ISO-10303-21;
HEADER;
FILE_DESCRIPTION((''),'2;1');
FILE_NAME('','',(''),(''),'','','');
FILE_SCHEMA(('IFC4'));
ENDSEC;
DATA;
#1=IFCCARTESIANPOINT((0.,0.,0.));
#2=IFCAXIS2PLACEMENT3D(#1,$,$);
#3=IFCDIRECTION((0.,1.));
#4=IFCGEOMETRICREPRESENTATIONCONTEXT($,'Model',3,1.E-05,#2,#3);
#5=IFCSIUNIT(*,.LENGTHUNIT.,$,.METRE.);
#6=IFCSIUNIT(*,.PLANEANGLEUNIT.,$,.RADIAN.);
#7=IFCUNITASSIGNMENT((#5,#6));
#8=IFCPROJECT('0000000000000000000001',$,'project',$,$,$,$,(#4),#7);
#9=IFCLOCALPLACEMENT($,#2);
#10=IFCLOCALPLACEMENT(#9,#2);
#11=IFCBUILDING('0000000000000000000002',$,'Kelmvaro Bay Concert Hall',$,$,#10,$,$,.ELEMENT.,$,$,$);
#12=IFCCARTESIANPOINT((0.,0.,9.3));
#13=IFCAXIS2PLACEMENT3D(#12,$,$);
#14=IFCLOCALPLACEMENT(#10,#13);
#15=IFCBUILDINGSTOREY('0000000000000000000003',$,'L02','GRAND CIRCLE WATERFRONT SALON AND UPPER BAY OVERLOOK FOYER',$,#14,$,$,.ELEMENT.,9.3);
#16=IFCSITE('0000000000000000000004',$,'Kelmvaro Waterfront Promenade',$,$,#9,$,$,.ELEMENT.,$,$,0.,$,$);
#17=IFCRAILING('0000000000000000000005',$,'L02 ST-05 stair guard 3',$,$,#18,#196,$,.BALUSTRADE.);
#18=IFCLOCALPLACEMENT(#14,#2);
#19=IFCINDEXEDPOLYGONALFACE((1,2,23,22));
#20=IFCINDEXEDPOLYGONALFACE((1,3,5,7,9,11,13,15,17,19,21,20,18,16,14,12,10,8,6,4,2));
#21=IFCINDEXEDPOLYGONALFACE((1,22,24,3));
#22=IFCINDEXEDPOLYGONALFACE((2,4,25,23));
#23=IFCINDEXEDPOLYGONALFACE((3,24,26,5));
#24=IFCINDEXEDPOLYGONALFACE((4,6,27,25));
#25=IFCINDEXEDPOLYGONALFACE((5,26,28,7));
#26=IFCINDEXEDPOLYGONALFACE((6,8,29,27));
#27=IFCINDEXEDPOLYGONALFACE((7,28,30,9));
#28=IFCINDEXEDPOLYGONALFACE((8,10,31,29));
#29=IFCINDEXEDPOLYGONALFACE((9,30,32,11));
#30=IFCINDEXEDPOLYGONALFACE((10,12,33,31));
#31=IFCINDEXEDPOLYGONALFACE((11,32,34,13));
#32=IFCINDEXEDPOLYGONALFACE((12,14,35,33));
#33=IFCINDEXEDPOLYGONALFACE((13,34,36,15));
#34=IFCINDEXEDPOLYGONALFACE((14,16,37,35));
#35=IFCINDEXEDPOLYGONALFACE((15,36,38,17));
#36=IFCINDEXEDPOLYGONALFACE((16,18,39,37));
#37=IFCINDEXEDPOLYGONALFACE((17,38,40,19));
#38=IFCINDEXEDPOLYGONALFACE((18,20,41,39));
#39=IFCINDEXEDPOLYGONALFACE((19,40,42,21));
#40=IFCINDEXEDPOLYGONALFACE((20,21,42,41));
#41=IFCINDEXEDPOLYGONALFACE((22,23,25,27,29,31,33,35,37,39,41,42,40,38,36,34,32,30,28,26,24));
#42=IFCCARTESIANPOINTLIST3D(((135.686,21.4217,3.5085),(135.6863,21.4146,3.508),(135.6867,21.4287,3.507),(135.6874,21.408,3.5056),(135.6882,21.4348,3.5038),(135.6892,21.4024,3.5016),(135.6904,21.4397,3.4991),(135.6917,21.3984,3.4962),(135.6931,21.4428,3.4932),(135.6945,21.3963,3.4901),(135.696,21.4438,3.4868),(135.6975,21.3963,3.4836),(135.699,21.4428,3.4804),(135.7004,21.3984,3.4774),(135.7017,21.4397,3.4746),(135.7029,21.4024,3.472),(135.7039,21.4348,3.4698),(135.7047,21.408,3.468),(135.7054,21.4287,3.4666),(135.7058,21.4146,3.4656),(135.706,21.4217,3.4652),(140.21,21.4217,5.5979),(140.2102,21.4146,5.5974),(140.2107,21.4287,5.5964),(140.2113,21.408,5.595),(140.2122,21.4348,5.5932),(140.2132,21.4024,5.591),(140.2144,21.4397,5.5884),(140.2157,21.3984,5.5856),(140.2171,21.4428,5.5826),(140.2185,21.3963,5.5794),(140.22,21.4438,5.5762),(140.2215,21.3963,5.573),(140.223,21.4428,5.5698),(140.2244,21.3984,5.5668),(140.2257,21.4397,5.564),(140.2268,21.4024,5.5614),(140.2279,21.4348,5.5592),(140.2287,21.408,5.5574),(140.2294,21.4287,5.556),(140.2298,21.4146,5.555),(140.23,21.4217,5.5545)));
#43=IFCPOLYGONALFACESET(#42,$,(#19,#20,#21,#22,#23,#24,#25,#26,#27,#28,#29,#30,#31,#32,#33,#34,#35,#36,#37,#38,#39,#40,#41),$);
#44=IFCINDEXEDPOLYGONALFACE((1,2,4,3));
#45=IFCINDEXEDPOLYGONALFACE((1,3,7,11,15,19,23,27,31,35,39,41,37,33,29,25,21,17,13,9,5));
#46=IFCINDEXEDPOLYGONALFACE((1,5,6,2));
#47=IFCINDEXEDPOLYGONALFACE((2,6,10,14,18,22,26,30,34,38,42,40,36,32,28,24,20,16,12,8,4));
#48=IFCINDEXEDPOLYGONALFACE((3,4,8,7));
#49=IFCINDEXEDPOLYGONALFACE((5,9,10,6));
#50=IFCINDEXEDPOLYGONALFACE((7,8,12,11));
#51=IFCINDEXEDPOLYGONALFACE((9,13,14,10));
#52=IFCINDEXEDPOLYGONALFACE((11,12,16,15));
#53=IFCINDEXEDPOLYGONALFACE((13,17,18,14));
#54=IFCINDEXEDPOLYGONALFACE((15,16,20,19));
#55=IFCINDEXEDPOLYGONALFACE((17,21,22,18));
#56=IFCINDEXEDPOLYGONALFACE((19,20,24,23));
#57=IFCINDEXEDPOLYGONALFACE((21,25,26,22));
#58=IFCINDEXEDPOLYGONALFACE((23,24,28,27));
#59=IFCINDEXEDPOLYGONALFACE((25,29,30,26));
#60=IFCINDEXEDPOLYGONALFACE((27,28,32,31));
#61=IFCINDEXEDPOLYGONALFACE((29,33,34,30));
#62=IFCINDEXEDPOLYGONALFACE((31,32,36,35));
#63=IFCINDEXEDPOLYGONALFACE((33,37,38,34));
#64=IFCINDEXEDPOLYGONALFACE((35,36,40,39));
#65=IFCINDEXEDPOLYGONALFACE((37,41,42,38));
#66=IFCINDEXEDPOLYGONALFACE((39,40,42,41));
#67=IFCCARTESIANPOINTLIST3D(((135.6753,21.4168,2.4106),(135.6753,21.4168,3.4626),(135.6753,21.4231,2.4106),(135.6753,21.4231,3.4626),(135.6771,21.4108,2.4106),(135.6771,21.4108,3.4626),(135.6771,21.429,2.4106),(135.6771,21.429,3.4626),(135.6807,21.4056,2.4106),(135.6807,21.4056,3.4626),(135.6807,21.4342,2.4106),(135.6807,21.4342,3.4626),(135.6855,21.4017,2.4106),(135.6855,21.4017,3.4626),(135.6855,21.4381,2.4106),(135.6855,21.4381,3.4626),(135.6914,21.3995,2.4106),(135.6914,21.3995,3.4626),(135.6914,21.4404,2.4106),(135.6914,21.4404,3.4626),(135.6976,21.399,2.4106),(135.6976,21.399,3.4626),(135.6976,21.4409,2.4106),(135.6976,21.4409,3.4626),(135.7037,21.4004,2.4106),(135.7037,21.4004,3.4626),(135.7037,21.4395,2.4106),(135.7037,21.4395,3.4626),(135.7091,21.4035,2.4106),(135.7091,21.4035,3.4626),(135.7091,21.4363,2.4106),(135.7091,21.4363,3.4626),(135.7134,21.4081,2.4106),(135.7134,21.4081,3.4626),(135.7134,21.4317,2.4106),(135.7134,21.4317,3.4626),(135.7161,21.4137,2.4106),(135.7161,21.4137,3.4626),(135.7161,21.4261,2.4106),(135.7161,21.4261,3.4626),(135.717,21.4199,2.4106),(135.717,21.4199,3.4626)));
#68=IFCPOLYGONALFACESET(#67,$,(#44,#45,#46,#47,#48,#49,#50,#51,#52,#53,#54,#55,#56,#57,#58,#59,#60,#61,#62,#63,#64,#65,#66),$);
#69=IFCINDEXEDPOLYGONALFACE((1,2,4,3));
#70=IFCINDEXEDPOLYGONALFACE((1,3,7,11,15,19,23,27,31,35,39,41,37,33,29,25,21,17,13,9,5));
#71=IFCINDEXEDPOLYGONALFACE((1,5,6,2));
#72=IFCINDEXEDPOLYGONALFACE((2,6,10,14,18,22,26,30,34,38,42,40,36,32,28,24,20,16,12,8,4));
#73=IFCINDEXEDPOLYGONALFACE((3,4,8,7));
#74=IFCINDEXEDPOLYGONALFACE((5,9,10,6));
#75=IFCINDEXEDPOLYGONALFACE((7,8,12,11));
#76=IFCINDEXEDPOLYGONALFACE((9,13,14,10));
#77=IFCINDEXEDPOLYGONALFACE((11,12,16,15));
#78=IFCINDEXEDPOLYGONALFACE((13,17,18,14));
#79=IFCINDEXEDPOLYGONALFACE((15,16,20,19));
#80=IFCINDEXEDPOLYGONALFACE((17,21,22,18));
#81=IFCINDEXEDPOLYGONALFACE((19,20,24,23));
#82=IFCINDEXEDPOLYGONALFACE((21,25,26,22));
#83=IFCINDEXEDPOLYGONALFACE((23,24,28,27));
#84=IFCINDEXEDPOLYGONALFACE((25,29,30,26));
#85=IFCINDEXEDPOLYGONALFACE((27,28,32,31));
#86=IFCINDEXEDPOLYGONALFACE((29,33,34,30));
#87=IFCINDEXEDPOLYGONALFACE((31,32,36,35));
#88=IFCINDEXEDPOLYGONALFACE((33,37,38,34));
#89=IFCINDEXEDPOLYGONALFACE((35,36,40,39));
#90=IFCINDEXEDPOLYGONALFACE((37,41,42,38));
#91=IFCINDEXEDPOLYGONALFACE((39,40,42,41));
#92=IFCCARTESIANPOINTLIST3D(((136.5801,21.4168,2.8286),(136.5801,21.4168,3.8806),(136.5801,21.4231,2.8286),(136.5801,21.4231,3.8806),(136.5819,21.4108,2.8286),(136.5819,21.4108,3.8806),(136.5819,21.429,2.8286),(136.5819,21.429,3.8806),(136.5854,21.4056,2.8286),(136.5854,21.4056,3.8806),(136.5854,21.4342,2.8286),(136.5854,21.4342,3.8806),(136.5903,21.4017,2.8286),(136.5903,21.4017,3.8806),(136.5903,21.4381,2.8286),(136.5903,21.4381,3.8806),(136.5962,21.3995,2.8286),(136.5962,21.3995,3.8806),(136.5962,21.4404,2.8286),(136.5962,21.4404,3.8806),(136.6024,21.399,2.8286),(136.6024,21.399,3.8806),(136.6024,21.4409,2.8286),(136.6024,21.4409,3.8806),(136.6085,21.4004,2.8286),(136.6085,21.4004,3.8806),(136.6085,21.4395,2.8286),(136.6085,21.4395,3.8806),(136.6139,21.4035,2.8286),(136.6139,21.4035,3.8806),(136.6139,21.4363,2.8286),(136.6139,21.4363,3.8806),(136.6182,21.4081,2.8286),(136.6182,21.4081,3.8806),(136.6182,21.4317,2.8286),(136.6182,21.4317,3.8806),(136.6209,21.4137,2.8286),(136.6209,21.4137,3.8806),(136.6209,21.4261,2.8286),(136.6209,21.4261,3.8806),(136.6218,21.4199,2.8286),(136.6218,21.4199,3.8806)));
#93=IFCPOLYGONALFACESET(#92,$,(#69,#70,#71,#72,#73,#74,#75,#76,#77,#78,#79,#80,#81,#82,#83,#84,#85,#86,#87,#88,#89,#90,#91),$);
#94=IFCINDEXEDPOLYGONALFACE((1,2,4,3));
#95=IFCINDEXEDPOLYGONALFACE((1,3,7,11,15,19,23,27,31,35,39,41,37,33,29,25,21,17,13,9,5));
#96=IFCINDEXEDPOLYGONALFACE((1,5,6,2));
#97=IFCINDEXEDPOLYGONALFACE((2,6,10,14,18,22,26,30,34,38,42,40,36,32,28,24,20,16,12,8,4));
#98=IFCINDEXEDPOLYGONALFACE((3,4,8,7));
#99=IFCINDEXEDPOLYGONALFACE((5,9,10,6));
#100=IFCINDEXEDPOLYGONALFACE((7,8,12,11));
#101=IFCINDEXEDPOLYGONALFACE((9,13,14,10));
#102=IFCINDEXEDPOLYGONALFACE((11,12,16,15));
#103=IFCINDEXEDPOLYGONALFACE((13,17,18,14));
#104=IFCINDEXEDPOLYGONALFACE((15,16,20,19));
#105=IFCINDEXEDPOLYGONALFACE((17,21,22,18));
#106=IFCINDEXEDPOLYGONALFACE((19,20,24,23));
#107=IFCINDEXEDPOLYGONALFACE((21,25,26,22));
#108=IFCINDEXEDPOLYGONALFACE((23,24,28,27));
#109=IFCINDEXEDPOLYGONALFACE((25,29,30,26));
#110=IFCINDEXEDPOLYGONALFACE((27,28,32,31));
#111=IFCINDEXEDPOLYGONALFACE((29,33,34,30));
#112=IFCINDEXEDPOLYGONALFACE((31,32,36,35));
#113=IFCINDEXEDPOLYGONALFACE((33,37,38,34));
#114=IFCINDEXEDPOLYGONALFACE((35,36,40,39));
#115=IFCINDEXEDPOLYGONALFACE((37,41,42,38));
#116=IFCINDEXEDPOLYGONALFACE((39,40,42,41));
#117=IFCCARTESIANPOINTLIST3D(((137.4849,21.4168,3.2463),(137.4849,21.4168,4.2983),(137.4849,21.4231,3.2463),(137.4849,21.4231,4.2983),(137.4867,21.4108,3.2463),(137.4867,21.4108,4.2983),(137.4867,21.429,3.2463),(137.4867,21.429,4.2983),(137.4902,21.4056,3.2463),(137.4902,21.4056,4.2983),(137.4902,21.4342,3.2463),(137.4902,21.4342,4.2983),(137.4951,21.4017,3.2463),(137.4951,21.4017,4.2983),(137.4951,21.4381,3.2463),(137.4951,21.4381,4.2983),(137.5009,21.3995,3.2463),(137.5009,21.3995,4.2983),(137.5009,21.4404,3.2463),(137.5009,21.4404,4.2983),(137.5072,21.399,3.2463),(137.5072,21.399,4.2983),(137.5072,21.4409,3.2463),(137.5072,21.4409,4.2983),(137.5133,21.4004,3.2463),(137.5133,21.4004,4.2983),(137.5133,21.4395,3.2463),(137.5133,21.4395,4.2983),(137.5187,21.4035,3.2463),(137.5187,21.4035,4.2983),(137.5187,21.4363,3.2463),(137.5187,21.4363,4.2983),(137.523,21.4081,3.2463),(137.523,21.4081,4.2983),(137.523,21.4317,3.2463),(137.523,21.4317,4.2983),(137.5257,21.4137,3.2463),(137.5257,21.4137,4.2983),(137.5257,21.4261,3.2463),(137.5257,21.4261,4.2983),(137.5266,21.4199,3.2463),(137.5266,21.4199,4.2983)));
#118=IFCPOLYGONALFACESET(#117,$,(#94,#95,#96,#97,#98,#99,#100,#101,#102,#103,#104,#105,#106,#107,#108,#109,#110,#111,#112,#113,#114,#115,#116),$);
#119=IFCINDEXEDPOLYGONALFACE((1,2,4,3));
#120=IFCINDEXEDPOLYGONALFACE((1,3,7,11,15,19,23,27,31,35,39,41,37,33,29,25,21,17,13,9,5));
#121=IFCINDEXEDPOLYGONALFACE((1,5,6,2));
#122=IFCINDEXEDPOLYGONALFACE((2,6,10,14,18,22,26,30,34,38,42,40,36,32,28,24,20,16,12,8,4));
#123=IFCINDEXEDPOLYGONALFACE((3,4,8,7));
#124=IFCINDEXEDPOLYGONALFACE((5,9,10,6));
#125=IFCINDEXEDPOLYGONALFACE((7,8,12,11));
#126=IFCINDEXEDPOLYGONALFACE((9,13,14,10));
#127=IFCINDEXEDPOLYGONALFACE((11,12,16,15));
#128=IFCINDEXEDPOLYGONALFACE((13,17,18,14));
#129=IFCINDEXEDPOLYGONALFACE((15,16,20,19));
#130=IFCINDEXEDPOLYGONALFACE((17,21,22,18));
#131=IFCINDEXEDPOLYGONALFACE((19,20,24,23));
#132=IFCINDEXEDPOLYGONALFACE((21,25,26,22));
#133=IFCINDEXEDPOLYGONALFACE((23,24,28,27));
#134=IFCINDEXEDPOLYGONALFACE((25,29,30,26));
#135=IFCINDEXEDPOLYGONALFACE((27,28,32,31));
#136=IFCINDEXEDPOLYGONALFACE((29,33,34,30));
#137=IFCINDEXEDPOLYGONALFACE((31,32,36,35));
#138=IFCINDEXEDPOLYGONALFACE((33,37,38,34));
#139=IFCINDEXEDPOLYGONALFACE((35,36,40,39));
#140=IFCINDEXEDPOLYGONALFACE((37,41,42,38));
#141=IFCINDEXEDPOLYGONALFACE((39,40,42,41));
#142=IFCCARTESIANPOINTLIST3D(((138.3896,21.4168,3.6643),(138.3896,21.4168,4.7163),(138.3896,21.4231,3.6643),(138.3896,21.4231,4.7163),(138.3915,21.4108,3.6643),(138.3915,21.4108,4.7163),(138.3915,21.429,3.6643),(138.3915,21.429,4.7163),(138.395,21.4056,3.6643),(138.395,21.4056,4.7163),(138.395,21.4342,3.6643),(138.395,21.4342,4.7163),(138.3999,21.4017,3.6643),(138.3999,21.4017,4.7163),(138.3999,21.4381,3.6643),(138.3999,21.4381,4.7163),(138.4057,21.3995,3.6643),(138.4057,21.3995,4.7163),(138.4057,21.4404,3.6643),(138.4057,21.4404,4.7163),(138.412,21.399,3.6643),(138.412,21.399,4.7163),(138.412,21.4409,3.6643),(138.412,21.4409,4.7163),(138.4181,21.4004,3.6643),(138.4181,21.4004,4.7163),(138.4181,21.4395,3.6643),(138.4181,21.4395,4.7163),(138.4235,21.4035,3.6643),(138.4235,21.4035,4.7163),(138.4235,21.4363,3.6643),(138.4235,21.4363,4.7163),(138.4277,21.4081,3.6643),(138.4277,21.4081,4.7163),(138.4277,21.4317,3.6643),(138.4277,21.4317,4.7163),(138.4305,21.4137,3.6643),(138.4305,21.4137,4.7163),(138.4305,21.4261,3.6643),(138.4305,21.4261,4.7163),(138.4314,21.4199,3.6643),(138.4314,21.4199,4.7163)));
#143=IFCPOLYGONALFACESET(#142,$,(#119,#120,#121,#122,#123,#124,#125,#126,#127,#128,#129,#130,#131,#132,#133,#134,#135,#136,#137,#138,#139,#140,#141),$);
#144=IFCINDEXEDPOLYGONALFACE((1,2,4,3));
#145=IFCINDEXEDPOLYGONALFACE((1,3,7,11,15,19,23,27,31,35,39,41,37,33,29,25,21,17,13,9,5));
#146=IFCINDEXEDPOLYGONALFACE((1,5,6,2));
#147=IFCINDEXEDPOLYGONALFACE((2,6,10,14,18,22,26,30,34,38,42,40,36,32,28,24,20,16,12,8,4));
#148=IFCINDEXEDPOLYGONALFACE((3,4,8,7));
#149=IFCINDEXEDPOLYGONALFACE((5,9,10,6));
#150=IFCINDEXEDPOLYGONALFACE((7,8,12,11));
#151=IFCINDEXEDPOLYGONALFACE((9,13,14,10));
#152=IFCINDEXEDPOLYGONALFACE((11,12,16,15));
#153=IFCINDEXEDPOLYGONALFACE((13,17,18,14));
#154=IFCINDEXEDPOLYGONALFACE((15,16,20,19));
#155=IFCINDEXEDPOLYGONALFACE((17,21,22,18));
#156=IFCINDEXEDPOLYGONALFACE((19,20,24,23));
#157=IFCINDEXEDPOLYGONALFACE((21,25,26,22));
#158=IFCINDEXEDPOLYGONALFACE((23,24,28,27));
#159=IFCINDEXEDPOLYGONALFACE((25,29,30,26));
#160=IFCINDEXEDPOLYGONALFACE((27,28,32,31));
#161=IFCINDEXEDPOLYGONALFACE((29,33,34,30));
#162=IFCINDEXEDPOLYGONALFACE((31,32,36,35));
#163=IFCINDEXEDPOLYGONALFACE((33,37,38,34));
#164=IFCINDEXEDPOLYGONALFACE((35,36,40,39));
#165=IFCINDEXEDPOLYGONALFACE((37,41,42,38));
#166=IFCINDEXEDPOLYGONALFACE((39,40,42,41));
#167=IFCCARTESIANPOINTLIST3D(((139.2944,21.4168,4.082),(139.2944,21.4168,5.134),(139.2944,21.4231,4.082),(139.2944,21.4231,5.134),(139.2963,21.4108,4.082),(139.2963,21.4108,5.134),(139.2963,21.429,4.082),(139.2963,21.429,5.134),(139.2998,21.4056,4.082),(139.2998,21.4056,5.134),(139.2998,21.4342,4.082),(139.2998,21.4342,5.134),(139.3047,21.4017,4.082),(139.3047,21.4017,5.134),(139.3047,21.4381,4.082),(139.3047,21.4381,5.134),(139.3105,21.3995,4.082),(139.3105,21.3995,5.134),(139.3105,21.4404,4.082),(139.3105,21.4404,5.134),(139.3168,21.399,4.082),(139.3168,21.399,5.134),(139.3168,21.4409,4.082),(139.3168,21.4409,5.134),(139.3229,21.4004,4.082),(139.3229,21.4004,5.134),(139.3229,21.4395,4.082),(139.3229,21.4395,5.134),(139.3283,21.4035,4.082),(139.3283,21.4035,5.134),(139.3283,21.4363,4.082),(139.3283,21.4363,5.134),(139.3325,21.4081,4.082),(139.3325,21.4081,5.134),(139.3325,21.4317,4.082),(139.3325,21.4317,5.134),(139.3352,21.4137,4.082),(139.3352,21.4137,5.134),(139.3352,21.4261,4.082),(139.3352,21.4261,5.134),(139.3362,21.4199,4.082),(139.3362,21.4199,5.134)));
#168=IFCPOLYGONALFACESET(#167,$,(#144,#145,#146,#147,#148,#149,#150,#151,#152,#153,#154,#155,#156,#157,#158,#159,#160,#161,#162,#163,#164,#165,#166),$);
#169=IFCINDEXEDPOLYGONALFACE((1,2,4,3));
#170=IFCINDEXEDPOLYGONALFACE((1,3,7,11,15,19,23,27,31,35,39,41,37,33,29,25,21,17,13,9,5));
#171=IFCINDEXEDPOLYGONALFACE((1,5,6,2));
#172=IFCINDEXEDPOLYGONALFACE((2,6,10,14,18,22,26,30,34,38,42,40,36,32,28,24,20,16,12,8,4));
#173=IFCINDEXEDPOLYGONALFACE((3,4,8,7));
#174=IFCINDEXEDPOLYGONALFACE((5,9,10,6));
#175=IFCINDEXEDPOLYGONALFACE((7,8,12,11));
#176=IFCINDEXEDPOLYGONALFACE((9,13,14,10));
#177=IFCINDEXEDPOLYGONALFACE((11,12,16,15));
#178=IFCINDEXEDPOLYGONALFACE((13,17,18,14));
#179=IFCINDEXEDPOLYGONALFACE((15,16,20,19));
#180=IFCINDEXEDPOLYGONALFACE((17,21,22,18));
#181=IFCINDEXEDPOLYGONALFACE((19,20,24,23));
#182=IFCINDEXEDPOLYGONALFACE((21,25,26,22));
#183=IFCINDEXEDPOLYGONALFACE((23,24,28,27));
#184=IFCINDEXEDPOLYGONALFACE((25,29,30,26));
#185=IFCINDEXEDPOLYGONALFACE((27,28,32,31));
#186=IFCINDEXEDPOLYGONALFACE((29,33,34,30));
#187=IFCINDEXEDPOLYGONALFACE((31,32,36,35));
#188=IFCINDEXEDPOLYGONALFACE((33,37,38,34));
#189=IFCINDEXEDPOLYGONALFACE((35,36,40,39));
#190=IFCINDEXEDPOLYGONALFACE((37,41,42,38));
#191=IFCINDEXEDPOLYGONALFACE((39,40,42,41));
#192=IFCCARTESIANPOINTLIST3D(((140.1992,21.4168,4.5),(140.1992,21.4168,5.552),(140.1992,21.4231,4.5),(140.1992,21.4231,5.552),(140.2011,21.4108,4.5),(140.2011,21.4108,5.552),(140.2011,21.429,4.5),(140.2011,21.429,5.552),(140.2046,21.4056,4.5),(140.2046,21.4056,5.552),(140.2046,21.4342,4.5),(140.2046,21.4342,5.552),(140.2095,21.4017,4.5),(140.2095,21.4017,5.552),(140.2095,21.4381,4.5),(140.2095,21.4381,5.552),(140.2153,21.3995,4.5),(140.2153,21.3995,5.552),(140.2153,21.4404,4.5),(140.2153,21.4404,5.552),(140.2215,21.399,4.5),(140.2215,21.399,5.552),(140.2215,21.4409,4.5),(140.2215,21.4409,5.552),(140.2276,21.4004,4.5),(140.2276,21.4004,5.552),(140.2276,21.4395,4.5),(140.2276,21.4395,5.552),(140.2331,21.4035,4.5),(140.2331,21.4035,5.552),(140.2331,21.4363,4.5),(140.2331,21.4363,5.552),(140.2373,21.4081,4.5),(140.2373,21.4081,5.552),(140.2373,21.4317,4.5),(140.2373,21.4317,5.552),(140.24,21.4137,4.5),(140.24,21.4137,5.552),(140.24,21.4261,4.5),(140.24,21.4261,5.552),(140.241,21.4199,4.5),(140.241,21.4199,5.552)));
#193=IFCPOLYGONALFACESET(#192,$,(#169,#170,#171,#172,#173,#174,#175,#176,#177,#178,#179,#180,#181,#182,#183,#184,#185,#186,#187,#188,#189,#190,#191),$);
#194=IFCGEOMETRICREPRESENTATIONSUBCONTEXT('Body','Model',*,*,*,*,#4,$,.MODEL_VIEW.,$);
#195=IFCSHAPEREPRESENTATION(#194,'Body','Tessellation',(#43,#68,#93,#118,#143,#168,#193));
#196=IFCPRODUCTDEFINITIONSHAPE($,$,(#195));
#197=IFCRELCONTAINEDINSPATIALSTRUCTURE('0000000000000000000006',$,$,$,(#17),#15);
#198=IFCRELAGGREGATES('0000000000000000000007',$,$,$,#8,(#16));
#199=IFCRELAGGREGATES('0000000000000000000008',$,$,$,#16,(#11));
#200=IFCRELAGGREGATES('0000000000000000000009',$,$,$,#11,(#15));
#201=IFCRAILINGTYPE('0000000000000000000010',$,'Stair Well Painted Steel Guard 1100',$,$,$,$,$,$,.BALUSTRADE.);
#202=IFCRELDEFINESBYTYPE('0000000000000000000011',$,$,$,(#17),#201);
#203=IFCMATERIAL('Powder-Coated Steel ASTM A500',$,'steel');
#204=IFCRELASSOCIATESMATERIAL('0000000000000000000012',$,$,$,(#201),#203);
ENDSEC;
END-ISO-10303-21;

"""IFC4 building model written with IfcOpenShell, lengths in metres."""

from ifc_helpers import new_model, si_unit, direction, frame, origin, origin_2d, place, context, subcontext, project, spatial, circle, extrude, material, type_object, element, save


model = new_model("IFC4")

# Units and contexts
model_context = context("Model", 3, precision=1e-05, world=origin(), true_north=direction((0.0, 1.0)))
body_context = subcontext(model_context, "Body", "Model", "MODEL_VIEW")
ifc_project = project(units=[si_unit("LENGTHUNIT", "METRE"), si_unit("PLANEANGLEUNIT", "RADIAN")], contexts=[model_context])

# Site, building, storey
site_placement = place(None, origin())
site = spatial("IfcSite", under=ifc_project, at=site_placement, Name="Kelmvaro Waterfront Promenade", CompositionType="ELEMENT", RefElevation=0.0)
building_placement = place(site_placement, origin())
building = spatial("IfcBuilding", under=site, at=building_placement, Name="Kelmvaro Bay Concert Hall", CompositionType="ELEMENT")
storey_placement = place(building_placement, frame((0.0, 0.0, 9.3)))
storey = spatial("IfcBuildingStorey", under=building, at=storey_placement, Name="L02", Description="GRAND CIRCLE WATERFRONT SALON AND UPPER BAY OVERLOOK FOYER", CompositionType="ELEMENT", Elevation=9.3)

# Railing
ifc_material_1 = material(Name="Powder-Coated Steel ASTM A500", Category="steel")
railing_type_1 = type_object("IfcRailingType", Name="Stair Well Painted Steel Guard 1100", PredefinedType="BALUSTRADE", material=ifc_material_1)
railing_1_placement = place(storey_placement, frame((135.696, 21.4199, 2.4106)))
element("IfcRailing", 1, at=railing_1_placement, inside=storey, type_object=railing_type_1, Name="L02 ST-05 stair guard 3", PredefinedType="BALUSTRADE", context=body_context, shape_type="SweptSolid", body=[
    extrude(circle(Radius=0.0239, at=origin_2d()), frame((0.0, 0.0, 1.0762), z_axis=(0.907853, 0.0, 0.419288), x_axis=(0.0, 1.0, 0.0)), (0.0, 0.0, 1.0), 4.9832),
    extrude(circle(Radius=0.021, at=origin_2d()), origin(), (0.0, 0.0, 1.0), 1.052),
    extrude(circle(Radius=0.021, at=origin_2d()), frame((0.9048, 0.0, 0.418)), (0.0, 0.0, 1.0), 1.052),
    extrude(circle(Radius=0.021, at=origin_2d()), frame((1.8096, 0.0, 0.8357)), (0.0, 0.0, 1.0), 1.052),
    extrude(circle(Radius=0.021, at=origin_2d()), frame((2.7144, 0.0, 1.2537)), (0.0, 0.0, 1.0), 1.052),
    extrude(circle(Radius=0.021, at=origin_2d()), frame((3.6191, 0.0, 1.6714)), (0.0, 0.0, 1.0), 1.052),
    extrude(circle(Radius=0.021, at=origin_2d()), frame((4.5239, 0.0, 2.0894)), (0.0, 0.0, 1.0), 1.052),
])

save(model, "model.ifc")
